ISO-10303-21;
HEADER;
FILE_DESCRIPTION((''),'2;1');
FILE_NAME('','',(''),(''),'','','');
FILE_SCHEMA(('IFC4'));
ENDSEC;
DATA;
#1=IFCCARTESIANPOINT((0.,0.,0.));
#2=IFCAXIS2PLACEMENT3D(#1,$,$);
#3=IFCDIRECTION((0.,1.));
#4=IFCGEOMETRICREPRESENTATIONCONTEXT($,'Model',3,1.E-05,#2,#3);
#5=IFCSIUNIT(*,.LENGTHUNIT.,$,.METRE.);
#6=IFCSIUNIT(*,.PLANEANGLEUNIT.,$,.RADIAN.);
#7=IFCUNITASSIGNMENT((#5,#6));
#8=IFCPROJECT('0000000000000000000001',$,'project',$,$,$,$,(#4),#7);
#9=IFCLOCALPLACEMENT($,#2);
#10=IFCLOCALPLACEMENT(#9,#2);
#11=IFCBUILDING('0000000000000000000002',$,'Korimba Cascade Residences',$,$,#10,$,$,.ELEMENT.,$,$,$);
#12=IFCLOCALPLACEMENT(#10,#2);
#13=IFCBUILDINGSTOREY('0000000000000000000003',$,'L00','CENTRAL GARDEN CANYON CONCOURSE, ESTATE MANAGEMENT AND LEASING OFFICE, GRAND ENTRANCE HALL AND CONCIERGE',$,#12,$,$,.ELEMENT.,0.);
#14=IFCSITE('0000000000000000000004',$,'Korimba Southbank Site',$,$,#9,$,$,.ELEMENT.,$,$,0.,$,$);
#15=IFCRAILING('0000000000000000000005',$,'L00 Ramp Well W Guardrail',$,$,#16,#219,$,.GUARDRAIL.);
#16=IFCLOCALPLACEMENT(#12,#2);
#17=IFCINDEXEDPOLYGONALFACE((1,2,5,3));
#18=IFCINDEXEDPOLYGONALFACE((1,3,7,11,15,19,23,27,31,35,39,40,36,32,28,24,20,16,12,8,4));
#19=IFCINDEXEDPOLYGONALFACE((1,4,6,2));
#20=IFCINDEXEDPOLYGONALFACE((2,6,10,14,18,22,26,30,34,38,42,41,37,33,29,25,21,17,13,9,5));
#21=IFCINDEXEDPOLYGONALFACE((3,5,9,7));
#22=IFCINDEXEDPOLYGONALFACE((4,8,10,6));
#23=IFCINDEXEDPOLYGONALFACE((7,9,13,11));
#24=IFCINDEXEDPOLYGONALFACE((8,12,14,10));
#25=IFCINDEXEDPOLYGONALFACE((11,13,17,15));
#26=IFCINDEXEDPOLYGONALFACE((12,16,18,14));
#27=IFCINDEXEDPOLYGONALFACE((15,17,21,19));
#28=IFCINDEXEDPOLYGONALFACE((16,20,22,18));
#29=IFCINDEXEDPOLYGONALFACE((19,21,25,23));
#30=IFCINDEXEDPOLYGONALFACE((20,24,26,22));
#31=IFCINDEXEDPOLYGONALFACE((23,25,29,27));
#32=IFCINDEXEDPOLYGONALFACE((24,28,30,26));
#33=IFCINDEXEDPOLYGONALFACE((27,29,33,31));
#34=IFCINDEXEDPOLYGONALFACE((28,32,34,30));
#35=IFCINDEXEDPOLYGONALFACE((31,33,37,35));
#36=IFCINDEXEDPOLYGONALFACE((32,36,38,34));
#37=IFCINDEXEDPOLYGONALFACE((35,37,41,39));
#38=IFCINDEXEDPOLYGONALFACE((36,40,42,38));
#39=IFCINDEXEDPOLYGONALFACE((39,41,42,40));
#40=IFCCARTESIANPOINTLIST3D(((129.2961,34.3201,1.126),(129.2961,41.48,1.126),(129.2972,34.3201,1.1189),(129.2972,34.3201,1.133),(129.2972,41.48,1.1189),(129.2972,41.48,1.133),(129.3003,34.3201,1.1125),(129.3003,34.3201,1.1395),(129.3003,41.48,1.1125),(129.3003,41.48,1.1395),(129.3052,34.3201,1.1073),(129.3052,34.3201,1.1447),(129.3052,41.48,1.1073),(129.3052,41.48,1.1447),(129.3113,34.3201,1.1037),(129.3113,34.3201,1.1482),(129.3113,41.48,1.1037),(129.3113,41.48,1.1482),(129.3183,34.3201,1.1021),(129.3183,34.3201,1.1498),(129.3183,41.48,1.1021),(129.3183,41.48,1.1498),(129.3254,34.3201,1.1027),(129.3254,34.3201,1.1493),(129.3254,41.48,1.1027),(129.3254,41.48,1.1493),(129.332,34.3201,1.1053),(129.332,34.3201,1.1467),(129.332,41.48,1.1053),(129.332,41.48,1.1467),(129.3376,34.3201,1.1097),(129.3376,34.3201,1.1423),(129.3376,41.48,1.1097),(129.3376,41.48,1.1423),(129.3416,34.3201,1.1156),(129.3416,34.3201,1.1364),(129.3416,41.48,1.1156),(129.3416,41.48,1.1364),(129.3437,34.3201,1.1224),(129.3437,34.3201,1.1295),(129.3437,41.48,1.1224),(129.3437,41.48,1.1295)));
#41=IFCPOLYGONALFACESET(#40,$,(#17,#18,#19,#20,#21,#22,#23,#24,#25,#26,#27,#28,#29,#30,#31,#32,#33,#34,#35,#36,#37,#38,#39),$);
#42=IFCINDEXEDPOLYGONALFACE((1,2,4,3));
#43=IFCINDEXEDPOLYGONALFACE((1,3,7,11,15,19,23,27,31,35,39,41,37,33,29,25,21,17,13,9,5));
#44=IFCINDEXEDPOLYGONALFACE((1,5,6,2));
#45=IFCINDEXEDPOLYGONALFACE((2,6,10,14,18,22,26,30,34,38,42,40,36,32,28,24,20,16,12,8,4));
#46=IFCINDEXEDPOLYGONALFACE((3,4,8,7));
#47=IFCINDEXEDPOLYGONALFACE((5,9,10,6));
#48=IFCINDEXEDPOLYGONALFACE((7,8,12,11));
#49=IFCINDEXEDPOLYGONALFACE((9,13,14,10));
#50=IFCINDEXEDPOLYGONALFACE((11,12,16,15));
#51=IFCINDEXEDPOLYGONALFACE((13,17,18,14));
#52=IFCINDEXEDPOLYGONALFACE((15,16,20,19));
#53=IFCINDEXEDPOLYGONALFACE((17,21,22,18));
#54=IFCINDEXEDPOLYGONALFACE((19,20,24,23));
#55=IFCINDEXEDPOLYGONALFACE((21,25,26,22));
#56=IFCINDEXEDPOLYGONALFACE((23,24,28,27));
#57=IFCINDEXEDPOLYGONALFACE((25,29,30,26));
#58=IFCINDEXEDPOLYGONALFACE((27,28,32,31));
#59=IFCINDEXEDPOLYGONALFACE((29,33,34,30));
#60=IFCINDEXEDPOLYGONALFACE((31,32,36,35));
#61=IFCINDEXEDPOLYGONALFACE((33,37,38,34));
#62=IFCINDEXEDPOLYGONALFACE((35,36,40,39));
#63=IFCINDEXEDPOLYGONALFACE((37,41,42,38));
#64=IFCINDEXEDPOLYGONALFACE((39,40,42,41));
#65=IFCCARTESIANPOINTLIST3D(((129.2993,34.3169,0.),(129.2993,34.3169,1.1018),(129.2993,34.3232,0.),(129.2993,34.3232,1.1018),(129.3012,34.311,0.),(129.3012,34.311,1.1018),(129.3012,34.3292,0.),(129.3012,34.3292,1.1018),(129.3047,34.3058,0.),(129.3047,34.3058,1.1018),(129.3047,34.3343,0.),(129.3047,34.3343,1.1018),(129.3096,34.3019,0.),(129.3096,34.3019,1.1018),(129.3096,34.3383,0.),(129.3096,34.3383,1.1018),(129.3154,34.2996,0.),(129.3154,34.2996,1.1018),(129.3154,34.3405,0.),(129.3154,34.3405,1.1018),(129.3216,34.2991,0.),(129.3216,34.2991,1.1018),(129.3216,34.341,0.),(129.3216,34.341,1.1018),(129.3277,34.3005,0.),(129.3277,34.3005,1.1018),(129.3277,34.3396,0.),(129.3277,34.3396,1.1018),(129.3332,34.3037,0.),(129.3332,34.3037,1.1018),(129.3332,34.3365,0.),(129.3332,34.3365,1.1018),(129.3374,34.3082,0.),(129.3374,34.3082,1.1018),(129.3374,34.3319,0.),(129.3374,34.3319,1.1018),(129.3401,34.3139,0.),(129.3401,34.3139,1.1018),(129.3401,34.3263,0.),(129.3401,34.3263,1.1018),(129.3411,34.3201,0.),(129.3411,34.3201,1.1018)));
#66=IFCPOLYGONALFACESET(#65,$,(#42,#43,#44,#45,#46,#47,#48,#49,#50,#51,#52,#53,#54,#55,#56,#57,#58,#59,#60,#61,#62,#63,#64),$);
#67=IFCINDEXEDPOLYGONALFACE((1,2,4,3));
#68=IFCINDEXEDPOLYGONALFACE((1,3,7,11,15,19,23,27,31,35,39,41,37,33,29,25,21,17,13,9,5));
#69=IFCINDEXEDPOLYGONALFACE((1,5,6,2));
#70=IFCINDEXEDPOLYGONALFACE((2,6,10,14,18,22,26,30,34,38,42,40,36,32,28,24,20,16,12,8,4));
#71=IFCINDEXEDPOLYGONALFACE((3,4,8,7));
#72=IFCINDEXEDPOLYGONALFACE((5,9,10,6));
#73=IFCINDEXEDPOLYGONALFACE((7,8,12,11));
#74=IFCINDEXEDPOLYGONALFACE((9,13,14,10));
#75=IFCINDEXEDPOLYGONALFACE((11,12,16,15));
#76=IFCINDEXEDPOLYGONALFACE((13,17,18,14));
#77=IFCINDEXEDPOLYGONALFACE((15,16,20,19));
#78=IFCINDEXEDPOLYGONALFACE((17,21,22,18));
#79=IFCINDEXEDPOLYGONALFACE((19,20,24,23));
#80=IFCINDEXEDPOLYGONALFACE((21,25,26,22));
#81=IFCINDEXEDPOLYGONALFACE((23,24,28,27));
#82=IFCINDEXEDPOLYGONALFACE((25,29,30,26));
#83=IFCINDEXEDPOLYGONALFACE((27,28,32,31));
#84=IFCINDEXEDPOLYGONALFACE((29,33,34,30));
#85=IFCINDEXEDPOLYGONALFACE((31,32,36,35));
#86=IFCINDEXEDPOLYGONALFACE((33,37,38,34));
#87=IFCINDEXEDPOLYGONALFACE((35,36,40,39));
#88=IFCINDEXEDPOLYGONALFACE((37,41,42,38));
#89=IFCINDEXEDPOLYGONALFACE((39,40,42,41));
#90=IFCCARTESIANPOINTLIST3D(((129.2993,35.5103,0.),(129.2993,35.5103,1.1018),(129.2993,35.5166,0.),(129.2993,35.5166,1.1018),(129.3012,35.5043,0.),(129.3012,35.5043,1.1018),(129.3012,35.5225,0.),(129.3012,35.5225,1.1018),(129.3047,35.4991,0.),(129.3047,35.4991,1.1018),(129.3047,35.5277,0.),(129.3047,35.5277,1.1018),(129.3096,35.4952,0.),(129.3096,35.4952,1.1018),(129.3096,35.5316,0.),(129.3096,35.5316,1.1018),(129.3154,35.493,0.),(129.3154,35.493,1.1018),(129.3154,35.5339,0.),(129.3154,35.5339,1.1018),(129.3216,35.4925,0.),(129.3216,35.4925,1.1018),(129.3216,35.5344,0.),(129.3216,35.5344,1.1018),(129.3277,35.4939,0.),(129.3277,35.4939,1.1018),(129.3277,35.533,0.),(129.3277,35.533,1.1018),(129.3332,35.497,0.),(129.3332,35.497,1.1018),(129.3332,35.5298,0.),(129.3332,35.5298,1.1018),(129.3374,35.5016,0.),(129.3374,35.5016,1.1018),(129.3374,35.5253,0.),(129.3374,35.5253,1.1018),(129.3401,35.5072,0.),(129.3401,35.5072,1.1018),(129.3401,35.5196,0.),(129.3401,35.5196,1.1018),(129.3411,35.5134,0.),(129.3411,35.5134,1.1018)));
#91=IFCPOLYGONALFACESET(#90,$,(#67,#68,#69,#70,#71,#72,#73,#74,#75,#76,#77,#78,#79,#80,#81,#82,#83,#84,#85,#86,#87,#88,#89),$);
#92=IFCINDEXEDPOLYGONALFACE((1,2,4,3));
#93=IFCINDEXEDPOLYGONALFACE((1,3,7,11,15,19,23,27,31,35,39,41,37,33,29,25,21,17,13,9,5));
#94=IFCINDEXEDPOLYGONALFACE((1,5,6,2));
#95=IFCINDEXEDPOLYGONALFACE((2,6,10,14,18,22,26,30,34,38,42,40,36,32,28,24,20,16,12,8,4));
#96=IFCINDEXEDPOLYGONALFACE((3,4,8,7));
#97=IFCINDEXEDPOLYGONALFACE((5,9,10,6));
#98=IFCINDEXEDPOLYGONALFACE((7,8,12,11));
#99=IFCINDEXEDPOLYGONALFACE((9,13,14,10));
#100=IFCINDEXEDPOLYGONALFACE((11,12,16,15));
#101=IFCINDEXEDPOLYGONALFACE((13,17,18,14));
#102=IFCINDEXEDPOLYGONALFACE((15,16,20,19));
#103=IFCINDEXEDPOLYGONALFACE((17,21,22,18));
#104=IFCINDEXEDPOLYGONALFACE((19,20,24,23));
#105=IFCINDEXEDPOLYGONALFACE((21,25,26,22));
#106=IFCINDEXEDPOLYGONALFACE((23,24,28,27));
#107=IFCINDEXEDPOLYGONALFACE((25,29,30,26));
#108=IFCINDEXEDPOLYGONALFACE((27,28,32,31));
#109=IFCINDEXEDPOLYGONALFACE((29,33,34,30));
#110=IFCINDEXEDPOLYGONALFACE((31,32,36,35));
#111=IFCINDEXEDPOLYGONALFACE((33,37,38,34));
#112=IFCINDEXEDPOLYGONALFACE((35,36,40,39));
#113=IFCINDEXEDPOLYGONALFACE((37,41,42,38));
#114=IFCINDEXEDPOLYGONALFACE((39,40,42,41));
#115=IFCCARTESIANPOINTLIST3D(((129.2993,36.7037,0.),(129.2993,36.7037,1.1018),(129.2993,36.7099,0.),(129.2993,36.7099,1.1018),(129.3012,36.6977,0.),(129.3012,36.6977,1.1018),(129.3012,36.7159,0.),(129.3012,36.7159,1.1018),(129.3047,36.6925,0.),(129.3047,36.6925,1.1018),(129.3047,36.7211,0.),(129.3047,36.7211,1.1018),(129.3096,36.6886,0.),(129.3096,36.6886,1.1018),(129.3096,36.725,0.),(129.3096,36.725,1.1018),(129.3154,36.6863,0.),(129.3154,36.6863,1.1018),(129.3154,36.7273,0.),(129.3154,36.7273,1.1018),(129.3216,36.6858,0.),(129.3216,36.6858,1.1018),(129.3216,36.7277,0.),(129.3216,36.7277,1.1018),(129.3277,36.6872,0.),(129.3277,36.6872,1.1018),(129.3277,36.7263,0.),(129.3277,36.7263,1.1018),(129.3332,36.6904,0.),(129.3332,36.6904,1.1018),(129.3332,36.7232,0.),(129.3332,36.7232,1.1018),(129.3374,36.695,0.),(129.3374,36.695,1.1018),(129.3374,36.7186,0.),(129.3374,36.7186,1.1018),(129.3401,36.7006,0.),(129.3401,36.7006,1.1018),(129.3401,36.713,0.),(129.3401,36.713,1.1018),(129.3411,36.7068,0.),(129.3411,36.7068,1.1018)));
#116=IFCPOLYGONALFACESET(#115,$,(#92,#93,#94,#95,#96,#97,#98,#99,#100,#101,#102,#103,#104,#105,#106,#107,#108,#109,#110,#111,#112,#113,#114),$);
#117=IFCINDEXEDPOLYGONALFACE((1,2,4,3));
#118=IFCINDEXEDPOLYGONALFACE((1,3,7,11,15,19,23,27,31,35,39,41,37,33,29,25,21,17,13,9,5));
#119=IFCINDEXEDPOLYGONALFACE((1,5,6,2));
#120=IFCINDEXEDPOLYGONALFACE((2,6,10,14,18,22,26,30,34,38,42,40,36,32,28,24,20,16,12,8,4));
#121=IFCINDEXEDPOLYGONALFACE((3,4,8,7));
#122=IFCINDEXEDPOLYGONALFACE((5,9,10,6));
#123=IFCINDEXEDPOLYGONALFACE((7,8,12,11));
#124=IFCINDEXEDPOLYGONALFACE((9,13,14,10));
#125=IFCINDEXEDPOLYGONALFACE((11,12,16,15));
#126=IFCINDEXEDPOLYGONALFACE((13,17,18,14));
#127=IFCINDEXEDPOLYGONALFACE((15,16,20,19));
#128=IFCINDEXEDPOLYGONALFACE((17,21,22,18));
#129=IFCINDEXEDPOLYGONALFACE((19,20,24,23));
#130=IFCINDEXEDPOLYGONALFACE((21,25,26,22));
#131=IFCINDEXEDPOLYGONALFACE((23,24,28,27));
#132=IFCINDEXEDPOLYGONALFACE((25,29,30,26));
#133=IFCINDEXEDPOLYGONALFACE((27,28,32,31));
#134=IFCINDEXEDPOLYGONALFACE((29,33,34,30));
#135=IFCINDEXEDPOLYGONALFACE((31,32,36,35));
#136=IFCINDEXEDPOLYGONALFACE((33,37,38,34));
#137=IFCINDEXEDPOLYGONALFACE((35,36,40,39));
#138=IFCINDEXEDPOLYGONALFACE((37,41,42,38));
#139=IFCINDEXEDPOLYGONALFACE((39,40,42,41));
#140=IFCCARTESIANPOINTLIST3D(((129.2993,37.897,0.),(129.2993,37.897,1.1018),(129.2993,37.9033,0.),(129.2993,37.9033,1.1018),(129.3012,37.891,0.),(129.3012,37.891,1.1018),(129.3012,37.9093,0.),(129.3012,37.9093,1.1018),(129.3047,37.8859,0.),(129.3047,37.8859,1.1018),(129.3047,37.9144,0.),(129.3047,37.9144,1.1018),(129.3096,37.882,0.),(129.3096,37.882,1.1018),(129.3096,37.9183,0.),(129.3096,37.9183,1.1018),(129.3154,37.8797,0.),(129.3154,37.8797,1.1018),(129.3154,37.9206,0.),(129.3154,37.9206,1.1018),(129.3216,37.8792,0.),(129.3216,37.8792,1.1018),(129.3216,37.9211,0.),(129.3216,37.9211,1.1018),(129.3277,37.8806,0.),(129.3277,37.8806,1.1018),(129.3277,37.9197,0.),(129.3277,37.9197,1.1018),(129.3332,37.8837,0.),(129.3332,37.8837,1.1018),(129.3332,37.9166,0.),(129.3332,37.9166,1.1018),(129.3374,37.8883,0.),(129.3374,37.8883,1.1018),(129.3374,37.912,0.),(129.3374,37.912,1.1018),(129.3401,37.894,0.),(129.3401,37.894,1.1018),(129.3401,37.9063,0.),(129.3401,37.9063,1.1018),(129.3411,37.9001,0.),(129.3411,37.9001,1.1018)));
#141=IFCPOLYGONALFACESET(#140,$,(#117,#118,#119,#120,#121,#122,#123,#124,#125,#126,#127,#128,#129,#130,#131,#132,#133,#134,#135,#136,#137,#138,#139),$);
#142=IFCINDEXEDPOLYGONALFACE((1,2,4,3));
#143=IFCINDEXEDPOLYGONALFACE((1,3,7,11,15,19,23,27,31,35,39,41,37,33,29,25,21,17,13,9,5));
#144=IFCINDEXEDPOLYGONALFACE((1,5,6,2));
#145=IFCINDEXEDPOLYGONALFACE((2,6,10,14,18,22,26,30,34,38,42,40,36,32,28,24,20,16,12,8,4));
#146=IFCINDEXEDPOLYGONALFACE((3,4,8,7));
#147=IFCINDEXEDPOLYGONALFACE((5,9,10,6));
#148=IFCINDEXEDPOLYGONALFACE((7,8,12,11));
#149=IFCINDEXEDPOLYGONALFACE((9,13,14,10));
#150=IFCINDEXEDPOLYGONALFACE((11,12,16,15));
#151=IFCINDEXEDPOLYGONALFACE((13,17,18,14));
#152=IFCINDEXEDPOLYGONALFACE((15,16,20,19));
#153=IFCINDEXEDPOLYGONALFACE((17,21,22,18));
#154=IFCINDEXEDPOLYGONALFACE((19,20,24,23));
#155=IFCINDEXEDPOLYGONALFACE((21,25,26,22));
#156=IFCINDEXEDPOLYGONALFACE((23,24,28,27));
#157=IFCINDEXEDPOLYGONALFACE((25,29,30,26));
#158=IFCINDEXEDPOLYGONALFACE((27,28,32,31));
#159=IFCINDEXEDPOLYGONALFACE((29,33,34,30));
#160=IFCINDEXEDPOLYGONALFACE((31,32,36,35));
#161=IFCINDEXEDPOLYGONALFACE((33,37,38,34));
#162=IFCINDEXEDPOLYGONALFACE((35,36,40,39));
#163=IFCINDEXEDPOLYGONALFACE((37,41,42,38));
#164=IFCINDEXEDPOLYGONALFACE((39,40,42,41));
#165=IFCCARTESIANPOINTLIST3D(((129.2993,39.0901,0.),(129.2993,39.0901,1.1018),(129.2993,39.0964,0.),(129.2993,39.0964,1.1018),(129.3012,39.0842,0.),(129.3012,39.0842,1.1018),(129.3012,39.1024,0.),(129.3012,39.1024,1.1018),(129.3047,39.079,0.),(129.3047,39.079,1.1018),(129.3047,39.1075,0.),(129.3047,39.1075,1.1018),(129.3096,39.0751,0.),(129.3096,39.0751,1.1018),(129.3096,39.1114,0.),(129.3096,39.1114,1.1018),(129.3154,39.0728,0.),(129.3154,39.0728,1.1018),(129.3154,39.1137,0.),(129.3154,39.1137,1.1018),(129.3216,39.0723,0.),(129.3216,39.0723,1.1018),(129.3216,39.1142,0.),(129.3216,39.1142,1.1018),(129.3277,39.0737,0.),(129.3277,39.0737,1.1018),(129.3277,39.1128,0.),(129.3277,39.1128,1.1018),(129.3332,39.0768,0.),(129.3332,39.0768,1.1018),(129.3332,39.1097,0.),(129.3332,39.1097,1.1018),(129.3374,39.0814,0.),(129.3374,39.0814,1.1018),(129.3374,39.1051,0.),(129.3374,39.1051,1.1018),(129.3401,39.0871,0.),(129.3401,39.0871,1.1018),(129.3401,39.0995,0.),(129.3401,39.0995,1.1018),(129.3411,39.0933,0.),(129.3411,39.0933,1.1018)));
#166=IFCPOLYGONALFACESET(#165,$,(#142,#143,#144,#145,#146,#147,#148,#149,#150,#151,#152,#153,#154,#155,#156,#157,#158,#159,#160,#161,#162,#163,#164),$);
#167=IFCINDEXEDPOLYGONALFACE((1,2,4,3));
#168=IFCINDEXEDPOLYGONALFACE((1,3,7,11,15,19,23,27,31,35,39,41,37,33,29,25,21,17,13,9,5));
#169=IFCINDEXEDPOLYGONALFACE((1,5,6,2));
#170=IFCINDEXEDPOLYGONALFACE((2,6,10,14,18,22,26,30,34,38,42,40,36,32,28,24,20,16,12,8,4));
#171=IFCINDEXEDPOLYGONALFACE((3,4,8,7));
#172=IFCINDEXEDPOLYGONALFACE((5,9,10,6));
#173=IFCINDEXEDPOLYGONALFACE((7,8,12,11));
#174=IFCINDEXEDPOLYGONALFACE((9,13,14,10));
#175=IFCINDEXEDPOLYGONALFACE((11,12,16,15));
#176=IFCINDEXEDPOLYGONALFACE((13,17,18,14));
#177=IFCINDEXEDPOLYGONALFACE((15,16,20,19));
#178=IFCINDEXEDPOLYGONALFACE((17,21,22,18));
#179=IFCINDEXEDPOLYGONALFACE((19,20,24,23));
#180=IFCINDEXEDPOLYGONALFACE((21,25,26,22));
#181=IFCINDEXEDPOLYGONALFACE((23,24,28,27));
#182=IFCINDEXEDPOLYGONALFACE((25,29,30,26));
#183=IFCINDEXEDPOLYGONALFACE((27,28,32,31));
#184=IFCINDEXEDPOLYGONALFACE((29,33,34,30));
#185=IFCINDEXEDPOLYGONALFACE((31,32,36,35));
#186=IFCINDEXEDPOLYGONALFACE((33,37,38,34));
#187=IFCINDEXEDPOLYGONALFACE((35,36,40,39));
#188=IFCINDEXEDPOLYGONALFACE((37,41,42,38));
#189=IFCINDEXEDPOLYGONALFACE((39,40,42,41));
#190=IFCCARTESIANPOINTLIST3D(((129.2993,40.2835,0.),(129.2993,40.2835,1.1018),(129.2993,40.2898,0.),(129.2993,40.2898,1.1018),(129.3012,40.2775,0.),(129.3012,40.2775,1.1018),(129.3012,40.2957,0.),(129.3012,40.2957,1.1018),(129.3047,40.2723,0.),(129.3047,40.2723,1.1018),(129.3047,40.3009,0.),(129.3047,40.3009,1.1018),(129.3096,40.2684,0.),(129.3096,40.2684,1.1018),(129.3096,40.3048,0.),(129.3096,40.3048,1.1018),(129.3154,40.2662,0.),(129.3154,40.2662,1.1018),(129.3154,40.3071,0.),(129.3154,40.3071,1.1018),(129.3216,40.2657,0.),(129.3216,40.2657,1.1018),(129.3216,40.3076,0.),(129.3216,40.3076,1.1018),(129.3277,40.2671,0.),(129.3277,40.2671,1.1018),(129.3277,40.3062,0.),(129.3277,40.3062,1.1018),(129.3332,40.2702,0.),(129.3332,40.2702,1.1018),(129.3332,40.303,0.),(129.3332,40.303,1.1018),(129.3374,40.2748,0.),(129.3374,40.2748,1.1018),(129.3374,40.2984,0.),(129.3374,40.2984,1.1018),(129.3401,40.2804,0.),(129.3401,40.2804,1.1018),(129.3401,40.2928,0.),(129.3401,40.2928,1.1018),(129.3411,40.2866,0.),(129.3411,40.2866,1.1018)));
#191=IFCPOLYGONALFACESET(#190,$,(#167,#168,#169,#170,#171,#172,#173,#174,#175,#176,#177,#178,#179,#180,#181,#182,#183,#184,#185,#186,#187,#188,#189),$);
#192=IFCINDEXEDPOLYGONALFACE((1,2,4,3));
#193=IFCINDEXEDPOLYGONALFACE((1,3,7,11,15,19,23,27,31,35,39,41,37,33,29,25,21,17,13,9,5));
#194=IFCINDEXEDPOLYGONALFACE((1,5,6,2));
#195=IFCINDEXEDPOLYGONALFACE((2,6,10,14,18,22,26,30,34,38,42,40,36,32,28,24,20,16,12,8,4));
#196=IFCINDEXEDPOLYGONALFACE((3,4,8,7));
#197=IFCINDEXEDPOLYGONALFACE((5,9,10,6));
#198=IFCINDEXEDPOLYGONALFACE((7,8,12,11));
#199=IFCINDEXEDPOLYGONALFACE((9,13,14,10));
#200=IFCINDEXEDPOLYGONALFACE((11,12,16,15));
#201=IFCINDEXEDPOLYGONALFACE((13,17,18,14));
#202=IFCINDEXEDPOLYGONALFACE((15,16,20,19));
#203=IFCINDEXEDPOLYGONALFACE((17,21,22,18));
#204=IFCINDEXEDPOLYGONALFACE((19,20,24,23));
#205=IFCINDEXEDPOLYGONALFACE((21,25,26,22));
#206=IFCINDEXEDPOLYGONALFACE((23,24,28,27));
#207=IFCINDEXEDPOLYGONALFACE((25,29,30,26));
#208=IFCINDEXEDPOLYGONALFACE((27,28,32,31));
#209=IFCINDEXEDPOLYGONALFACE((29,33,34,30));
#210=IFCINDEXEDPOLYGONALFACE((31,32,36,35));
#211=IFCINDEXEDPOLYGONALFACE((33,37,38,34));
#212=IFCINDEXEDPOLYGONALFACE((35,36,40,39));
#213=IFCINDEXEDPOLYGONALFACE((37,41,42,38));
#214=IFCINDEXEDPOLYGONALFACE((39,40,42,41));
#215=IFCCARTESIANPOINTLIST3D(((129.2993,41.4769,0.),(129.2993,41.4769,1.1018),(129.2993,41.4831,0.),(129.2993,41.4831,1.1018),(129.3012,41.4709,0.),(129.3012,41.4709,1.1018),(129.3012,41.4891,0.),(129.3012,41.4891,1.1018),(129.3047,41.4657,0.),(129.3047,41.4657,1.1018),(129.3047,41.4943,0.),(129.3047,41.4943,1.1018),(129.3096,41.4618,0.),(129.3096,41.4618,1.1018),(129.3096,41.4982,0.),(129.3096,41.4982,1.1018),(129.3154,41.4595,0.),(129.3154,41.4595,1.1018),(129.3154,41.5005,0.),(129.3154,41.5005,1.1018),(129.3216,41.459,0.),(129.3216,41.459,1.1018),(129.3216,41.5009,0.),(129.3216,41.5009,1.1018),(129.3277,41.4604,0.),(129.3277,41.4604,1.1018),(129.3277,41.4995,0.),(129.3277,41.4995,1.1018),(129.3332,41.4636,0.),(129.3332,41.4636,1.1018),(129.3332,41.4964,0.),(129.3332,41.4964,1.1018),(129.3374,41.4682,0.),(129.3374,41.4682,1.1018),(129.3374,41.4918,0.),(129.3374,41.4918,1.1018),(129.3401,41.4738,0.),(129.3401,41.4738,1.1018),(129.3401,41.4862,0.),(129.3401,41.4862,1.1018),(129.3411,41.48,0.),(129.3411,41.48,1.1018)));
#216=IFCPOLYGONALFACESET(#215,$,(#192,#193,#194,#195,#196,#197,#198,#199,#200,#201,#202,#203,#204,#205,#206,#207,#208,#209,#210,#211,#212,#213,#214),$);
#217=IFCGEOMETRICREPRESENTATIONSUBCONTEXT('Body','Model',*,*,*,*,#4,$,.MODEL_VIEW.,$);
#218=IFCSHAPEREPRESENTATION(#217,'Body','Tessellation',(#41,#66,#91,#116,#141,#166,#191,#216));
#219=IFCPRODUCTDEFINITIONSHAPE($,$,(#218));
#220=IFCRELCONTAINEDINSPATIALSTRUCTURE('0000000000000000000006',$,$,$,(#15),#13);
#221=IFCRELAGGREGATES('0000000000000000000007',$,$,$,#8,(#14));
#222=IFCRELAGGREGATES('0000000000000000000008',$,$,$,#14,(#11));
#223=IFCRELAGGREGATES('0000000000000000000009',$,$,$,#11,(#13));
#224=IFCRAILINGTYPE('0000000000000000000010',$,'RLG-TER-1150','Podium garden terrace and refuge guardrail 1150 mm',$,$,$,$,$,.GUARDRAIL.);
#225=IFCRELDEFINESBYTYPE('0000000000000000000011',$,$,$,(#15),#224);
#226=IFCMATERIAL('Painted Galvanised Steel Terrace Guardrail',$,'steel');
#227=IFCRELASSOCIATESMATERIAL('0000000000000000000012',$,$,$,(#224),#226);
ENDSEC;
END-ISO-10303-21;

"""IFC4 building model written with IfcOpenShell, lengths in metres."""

from ifc_helpers import new_model, si_unit, direction, frame, origin, origin_2d, place, context, subcontext, project, spatial, circle, extrude, material, type_object, element, save


model = new_model("IFC4")

# Units and contexts
model_context = context("Model", 3, precision=1e-05, world=origin(), true_north=direction((0.0, 1.0)))
body_context = subcontext(model_context, "Body", "Model", "MODEL_VIEW")
ifc_project = project(units=[si_unit("LENGTHUNIT", "METRE"), si_unit("PLANEANGLEUNIT", "RADIAN")], contexts=[model_context])

# Site, building, storey
site_placement = place(None, origin())
site = spatial("IfcSite", under=ifc_project, at=site_placement, Name="Korimba Southbank Site", CompositionType="ELEMENT", RefElevation=0.0)
building_placement = place(site_placement, origin())
building = spatial("IfcBuilding", under=site, at=building_placement, Name="Korimba Cascade Residences", CompositionType="ELEMENT")
storey_placement = place(building_placement, origin())
storey = spatial("IfcBuildingStorey", under=building, at=storey_placement, Name="L00", Description="CENTRAL GARDEN CANYON CONCOURSE, ESTATE MANAGEMENT AND LEASING OFFICE, GRAND ENTRANCE HALL AND CONCIERGE", CompositionType="ELEMENT", Elevation=0.0)

# Railing
ifc_material_1 = material(Name="Painted Galvanised Steel Terrace Guardrail", Category="steel")
railing_type = type_object("IfcRailingType", Name="RLG-TER-1150", Description="Podium garden terrace and refuge guardrail 1150 mm", PredefinedType="GUARDRAIL", material=ifc_material_1)
railing_1_placement = place(storey_placement, frame((129.3201, 34.3201, 0.0)))
element("IfcRailing", 1, at=railing_1_placement, inside=storey, type_object=railing_type, Name="L00 Ramp Well W Guardrail", PredefinedType="GUARDRAIL", context=body_context, shape_type="SweptSolid", body=[
    extrude(circle(Radius=0.0239, at=origin_2d()), frame((0.0, 0.0, 1.126), z_axis=(0.0, 1.0, 0.0), x_axis=(-1.0, 0.0, 0.0)), (0.0, 0.0, 1.0), 7.1599),
    extrude(circle(Radius=0.021, at=origin_2d()), origin(), (0.0, 0.0, 1.0), 1.1018),
    extrude(circle(Radius=0.021, at=origin_2d()), frame((0.0, 1.1934, 0.0)), (0.0, 0.0, 1.0), 1.1018),
    extrude(circle(Radius=0.021, at=origin_2d()), frame((0.0, 2.3867, 0.0)), (0.0, 0.0, 1.0), 1.1018),
    extrude(circle(Radius=0.021, at=origin_2d()), frame((0.0, 3.5801, 0.0)), (0.0, 0.0, 1.0), 1.1018),
    extrude(circle(Radius=0.021, at=origin_2d()), frame((0.0, 4.7732, 0.0)), (0.0, 0.0, 1.0), 1.1018),
    extrude(circle(Radius=0.021, at=origin_2d()), frame((0.0, 5.9666, 0.0)), (0.0, 0.0, 1.0), 1.1018),
    extrude(circle(Radius=0.021, at=origin_2d()), frame((0.0, 7.1599, 0.0)), (0.0, 0.0, 1.0), 1.1018),
])

save(model, "model.ifc")
